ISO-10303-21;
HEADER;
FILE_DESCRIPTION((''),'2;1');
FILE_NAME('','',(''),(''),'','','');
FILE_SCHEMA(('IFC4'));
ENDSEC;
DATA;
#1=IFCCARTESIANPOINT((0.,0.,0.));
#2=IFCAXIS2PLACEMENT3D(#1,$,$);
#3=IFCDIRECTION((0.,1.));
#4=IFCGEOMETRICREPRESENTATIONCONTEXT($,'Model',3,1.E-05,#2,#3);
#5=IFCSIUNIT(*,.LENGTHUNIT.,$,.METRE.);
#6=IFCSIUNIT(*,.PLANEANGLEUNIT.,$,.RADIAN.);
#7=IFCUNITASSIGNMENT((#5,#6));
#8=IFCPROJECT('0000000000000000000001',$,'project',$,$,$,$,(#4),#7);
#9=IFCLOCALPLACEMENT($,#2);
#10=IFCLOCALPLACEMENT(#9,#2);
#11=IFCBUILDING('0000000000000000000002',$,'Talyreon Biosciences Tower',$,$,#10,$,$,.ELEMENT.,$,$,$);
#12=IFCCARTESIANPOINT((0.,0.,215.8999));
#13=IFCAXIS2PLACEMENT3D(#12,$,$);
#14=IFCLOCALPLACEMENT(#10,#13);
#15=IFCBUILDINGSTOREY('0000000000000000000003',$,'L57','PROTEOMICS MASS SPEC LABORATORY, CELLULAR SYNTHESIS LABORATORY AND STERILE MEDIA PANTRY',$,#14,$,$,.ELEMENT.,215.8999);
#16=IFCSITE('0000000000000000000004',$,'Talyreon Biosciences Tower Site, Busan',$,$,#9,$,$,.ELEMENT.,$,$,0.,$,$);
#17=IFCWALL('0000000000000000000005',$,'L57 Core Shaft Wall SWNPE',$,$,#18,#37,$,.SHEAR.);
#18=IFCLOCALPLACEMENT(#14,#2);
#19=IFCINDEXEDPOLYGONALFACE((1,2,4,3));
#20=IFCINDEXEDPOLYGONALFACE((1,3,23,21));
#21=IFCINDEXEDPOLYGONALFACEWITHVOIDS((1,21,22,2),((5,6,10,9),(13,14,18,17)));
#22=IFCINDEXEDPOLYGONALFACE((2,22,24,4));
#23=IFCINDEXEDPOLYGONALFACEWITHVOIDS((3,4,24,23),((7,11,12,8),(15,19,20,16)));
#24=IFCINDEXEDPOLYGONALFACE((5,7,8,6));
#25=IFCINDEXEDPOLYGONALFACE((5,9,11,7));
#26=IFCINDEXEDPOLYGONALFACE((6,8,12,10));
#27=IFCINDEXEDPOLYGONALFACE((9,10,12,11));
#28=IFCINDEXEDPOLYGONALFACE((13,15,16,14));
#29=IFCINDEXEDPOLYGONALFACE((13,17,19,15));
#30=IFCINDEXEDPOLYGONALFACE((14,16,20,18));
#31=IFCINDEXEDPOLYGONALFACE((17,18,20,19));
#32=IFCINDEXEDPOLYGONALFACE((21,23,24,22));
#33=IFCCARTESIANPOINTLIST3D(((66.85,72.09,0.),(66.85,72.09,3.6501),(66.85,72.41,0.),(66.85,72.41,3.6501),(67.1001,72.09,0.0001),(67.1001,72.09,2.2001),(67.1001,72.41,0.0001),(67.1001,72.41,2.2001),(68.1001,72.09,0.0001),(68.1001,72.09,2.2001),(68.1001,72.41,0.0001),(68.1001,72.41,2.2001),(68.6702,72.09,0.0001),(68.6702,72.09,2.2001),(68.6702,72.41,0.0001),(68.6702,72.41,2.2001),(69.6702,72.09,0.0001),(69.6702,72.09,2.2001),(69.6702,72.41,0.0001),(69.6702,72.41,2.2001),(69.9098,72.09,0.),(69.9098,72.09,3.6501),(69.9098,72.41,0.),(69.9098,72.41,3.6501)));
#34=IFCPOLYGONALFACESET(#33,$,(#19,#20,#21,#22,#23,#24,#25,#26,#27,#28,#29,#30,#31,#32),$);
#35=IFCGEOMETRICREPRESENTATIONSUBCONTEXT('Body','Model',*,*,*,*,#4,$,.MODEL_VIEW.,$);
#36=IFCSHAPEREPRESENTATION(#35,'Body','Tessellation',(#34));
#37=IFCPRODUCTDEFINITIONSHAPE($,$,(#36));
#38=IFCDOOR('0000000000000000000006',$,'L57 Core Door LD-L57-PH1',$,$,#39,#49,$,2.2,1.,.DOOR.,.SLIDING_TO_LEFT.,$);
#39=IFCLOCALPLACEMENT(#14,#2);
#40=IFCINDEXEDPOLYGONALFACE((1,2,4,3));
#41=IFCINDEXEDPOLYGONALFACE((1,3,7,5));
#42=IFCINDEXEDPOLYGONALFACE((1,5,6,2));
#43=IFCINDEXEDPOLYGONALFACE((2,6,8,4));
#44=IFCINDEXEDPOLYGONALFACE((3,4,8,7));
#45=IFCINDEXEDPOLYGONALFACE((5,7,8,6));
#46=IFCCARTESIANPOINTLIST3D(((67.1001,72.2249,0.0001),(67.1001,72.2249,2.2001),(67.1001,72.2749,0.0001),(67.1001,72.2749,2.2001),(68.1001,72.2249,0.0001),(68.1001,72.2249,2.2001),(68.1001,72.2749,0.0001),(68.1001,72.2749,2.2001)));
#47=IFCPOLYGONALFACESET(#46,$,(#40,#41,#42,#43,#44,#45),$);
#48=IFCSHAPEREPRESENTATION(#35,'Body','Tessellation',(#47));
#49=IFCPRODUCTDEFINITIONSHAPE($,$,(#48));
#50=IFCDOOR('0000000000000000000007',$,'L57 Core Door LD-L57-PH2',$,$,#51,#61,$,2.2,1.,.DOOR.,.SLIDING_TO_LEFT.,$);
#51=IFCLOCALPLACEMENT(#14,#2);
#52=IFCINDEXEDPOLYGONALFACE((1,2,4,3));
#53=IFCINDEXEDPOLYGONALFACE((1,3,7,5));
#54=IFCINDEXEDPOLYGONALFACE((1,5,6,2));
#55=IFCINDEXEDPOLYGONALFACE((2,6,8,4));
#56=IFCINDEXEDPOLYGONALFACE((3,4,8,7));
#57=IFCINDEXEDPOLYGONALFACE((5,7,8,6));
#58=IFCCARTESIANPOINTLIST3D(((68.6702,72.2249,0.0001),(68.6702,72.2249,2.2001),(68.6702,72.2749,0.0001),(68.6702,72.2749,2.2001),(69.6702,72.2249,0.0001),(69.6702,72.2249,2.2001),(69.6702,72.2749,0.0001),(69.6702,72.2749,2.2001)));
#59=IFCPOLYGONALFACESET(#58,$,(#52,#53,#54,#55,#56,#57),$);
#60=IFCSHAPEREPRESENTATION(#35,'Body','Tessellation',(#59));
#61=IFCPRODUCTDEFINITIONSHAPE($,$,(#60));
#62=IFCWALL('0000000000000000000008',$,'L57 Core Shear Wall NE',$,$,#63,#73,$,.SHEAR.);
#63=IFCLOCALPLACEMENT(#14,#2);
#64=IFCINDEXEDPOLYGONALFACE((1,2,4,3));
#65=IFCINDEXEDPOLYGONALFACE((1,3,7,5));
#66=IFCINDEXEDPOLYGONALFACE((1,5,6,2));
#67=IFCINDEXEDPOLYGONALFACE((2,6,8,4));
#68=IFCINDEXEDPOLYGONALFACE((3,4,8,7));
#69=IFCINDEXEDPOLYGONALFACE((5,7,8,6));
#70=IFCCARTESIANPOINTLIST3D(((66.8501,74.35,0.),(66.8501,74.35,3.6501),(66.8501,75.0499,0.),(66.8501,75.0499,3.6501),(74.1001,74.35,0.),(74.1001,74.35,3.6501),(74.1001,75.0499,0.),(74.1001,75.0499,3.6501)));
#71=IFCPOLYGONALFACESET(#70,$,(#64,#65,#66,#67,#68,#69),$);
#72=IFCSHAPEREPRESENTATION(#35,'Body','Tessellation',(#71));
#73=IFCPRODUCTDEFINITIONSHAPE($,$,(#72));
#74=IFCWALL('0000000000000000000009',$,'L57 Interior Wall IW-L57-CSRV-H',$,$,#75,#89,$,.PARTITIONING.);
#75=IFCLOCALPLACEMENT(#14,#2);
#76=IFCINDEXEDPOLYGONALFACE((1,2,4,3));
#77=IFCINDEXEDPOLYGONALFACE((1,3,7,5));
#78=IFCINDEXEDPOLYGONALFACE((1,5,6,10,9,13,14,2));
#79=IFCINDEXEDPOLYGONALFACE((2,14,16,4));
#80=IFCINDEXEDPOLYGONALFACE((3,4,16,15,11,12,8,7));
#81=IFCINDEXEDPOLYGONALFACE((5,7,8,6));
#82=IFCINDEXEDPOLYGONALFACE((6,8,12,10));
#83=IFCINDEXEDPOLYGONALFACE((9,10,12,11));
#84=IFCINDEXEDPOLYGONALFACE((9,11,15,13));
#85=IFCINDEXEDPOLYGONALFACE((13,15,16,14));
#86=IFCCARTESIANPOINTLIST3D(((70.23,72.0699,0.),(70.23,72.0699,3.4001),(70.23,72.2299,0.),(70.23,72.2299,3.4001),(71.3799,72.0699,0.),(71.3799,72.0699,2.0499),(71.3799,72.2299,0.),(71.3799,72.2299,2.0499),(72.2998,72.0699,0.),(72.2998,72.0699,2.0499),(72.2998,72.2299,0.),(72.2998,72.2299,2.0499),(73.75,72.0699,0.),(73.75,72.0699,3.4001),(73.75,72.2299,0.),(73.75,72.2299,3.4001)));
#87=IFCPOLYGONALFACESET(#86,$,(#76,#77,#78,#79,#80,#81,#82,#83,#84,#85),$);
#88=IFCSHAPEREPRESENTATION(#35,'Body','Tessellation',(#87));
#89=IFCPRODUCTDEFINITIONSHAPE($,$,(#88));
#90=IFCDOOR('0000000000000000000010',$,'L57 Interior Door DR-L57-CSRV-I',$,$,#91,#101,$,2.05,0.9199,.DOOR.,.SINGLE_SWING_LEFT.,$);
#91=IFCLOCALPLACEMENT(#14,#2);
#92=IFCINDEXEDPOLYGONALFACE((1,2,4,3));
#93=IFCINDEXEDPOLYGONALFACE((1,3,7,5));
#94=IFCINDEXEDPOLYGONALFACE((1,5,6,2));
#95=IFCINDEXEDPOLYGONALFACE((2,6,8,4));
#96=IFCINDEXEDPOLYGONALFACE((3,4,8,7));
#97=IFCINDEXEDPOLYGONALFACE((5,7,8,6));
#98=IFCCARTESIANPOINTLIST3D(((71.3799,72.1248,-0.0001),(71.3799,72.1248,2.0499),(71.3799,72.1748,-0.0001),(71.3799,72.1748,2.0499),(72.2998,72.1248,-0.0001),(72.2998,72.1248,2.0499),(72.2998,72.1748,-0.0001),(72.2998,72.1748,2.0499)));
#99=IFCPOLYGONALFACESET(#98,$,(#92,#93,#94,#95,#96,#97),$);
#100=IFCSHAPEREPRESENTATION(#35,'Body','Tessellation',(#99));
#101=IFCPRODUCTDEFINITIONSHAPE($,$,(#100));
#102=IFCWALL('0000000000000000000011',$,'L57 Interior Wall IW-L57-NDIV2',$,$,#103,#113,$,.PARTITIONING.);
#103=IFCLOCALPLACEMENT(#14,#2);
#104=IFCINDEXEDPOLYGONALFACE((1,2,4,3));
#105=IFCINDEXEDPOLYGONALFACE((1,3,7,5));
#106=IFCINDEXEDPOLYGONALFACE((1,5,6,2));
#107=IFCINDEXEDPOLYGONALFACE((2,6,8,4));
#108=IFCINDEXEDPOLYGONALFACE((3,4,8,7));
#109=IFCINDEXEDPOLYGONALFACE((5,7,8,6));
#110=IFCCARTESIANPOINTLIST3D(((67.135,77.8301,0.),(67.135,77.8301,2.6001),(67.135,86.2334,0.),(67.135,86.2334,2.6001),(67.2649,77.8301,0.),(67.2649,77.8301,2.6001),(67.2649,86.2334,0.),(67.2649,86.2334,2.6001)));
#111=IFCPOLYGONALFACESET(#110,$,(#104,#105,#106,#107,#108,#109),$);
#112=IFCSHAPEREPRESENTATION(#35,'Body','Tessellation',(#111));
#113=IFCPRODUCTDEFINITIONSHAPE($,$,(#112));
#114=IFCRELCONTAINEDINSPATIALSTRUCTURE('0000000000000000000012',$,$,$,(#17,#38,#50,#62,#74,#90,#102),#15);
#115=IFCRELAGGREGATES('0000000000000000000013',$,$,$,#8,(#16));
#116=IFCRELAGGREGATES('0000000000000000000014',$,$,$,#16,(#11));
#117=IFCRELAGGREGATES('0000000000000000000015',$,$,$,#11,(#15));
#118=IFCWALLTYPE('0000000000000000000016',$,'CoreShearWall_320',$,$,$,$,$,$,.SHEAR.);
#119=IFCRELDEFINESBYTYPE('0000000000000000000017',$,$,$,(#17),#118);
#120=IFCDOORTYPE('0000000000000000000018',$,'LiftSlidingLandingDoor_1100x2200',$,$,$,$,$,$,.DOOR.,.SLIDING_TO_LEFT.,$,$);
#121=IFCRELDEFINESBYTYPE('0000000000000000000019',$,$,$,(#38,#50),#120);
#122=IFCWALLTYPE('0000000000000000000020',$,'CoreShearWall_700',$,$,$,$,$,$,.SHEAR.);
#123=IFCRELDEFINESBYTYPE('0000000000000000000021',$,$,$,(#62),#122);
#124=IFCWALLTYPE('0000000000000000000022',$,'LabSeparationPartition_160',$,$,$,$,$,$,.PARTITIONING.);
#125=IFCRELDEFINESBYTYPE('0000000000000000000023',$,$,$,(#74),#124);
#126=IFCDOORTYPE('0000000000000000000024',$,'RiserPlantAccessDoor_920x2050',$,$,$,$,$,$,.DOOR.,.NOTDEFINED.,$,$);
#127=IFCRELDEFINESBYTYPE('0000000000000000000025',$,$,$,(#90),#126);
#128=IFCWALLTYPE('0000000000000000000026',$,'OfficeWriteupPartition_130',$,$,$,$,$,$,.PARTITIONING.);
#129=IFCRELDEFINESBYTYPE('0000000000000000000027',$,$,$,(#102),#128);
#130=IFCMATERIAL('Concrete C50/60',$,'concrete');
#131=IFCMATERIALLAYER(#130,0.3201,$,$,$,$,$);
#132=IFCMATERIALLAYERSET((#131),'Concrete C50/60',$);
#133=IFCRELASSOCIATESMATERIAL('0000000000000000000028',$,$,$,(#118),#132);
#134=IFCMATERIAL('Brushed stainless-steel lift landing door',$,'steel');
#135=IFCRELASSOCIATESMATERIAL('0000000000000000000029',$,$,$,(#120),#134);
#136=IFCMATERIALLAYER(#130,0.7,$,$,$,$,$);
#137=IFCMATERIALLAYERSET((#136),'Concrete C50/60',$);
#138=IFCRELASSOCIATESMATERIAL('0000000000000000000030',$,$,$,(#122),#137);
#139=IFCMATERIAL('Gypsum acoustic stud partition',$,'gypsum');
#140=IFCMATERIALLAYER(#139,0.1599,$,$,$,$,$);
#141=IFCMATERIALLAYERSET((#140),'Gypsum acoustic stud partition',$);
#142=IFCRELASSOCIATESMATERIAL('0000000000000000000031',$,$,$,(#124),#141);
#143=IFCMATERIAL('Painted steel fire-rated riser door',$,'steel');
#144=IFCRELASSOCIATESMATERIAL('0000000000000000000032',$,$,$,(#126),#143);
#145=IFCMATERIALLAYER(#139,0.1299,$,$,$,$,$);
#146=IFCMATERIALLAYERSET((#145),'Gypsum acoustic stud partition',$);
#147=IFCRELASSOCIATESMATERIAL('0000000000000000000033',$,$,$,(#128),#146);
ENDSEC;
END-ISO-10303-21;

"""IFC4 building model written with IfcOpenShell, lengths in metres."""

from ifc_helpers import new_model, si_unit, direction, frame, frame_2d, origin, place, context, subcontext, project, spatial, rectangle, extrude, material, layer, layer_set, type_object, element, fill, save


model = new_model("IFC4")

# Units and contexts
model_context = context("Model", 3, precision=1e-05, world=origin(), true_north=direction((0.0, 1.0)))
body_context = subcontext(model_context, "Body", "Model", "MODEL_VIEW")
ifc_project = project(units=[si_unit("LENGTHUNIT", "METRE"), si_unit("PLANEANGLEUNIT", "RADIAN")], contexts=[model_context])

# Site, building, storey
site_placement = place(None, origin())
site = spatial("IfcSite", under=ifc_project, at=site_placement, Name="Talyreon Biosciences Tower Site, Busan", CompositionType="ELEMENT", RefElevation=0.0)
building_placement = place(site_placement, origin())
building = spatial("IfcBuilding", under=site, at=building_placement, Name="Talyreon Biosciences Tower", CompositionType="ELEMENT")
storey_placement = place(building_placement, frame((0.0, 0.0, 215.8999)))
storey = spatial("IfcBuildingStorey", under=building, at=storey_placement, Name="L57", Description="PROTEOMICS MASS SPEC LABORATORY, CELLULAR SYNTHESIS LABORATORY AND STERILE MEDIA PANTRY", CompositionType="ELEMENT", Elevation=215.8999)

# Shared definitions
ifc_material_1 = material(Name="Concrete C50/60", Category="concrete")

# Shared definitions
ifc_layer_1 = layer(ifc_material_1, 0.3201)
ifc_layer_set_1 = layer_set([ifc_layer_1], Name="Concrete C50/60")
wall_type_1 = type_object("IfcWallType", Name="CoreShearWall_320", PredefinedType="SHEAR", material=ifc_layer_set_1)

# Wall, openings, doors
wall_1_placement = place(storey_placement, frame((66.8501, 72.25, 0.0), z_axis=(0.0, 0.0, 1.0), x_axis=(1.0, 0.0, 0.0)))
wall_1 = element("IfcWall", 1, at=wall_1_placement, inside=storey, type_object=wall_type_1, Name="L57 Core Shaft Wall SWNPE", PredefinedType="SHEAR", context=body_context, shape_type="SweptSolid", body=[
    extrude(rectangle(XDim=3.0598, YDim=0.3201, at=frame_2d((1.5298, 0.0))), origin(), (0.0, 0.0, 1.0), 3.6501),
])
opening_1_placement = place(wall_1_placement, frame((0.25, 0.0, 0.0)))
opening_1 = element("IfcOpeningElement", 2, at=opening_1_placement, cuts=wall_1, PredefinedType="OPENING", context=body_context, shape_type="SweptSolid", body=[
    extrude(rectangle(XDim=1.0, YDim=2.2, at=frame_2d((0.5, 1.1001))), frame((0.0, 0.1699, 0.0), z_axis=(0.0, -1.0, 0.0), x_axis=(1.0, 0.0, 0.0)), (0.0, 0.0, 1.0), 0.3401),
])
opening_2_placement = place(wall_1_placement, frame((1.8201, 0.0, 0.0)))
opening_2 = element("IfcOpeningElement", 3, at=opening_2_placement, cuts=wall_1, PredefinedType="OPENING", context=body_context, shape_type="SweptSolid", body=[
    extrude(rectangle(XDim=1.0, YDim=2.2, at=frame_2d((0.5, 1.1001))), frame((0.0, 0.1699, 0.0), z_axis=(0.0, -1.0, 0.0), x_axis=(1.0, 0.0, 0.0)), (0.0, 0.0, 1.0), 0.3401),
])
ifc_material_2 = material(Name="Brushed stainless-steel lift landing door", Category="steel")
door_type_1 = type_object("IfcDoorType", Name="LiftSlidingLandingDoor_1100x2200", OperationType="SLIDING_TO_LEFT", PredefinedType="DOOR", material=ifc_material_2)
door_1_placement = place(opening_1_placement, origin())
door_1 = element("IfcDoor", 4, at=door_1_placement, inside=storey, type_object=door_type_1, Name="L57 Core Door LD-L57-PH1", OperationType="SLIDING_TO_LEFT", OverallHeight=2.2, OverallWidth=1.0, PredefinedType="DOOR", context=body_context, shape_type="SweptSolid", body=[
    extrude(rectangle(XDim=1.0, YDim=2.2, at=frame_2d((0.5, 1.1001))), frame((0.0, 0.0249, 0.0), z_axis=(0.0, -1.0, 0.0), x_axis=(1.0, 0.0, 0.0)), (0.0, 0.0, 1.0), 0.05),
])
fill(opening_1, door_1)
door_2_placement = place(opening_2_placement, origin())
door_2 = element("IfcDoor", 5, at=door_2_placement, inside=storey, type_object=door_type_1, Name="L57 Core Door LD-L57-PH2", OperationType="SLIDING_TO_LEFT", OverallHeight=2.2, OverallWidth=1.0, PredefinedType="DOOR", context=body_context, shape_type="SweptSolid", body=[
    extrude(rectangle(XDim=1.0, YDim=2.2, at=frame_2d((0.5, 1.1001))), frame((0.0, 0.0249, 0.0), z_axis=(0.0, -1.0, 0.0), x_axis=(1.0, 0.0, 0.0)), (0.0, 0.0, 1.0), 0.05),
])
fill(opening_2, door_2)

# Wall
ifc_layer_2 = layer(ifc_material_1, 0.7)
ifc_layer_set_2 = layer_set([ifc_layer_2], Name="Concrete C50/60")
wall_type_2 = type_object("IfcWallType", Name="CoreShearWall_700", PredefinedType="SHEAR", material=ifc_layer_set_2)
wall_2_placement = place(storey_placement, frame((74.1001, 74.7, 0.0), z_axis=(0.0, 0.0, 1.0), x_axis=(-1.0, 0.0, 0.0)))
element("IfcWall", 6, at=wall_2_placement, inside=storey, type_object=wall_type_2, Name="L57 Core Shear Wall NE", PredefinedType="SHEAR", context=body_context, shape_type="SweptSolid", body=[
    extrude(rectangle(XDim=7.25, YDim=0.7, at=frame_2d((3.625, 0.0))), origin(), (0.0, 0.0, 1.0), 3.6501),
])

# Wall, opening, door
ifc_material_3 = material(Name="Gypsum acoustic stud partition", Category="gypsum")
ifc_layer_3 = layer(ifc_material_3, 0.1599)
ifc_layer_set_3 = layer_set([ifc_layer_3], Name="Gypsum acoustic stud partition")
wall_type_3 = type_object("IfcWallType", Name="LabSeparationPartition_160", PredefinedType="PARTITIONING", material=ifc_layer_set_3)
wall_3_placement = place(storey_placement, frame((70.23, 72.1499, 0.0), z_axis=(0.0, 0.0, 1.0), x_axis=(1.0, 0.0, 0.0)))
wall_3 = element("IfcWall", 7, at=wall_3_placement, inside=storey, type_object=wall_type_3, Name="L57 Interior Wall IW-L57-CSRV-H", PredefinedType="PARTITIONING", context=body_context, shape_type="SweptSolid", body=[
    extrude(rectangle(XDim=3.52, YDim=0.1599, at=frame_2d((1.76, 0.0))), origin(), (0.0, 0.0, 1.0), 3.4001),
])
opening_3_placement = place(wall_3_placement, frame((1.1499, 0.0, 0.0)))
opening_3 = element("IfcOpeningElement", 8, at=opening_3_placement, cuts=wall_3, PredefinedType="OPENING", context=body_context, shape_type="SweptSolid", body=[
    extrude(rectangle(XDim=0.9199, YDim=2.05, at=frame_2d((0.46, 1.0249))), frame((0.0, 0.0898, 0.0), z_axis=(0.0, -1.0, 0.0), x_axis=(1.0, 0.0, 0.0)), (0.0, 0.0, 1.0), 0.1799),
])
ifc_material_4 = material(Name="Painted steel fire-rated riser door", Category="steel")
door_type_2 = type_object("IfcDoorType", Name="RiserPlantAccessDoor_920x2050", OperationType="NOTDEFINED", PredefinedType="DOOR", material=ifc_material_4)
door_3_placement = place(opening_3_placement, origin())
door_3 = element("IfcDoor", 9, at=door_3_placement, inside=storey, type_object=door_type_2, Name="L57 Interior Door DR-L57-CSRV-I", OperationType="SINGLE_SWING_LEFT", OverallHeight=2.05, OverallWidth=0.9199, PredefinedType="DOOR", context=body_context, shape_type="SweptSolid", body=[
    extrude(rectangle(XDim=0.9199, YDim=2.05, at=frame_2d((0.46, 1.0249))), frame((0.0, 0.0249, 0.0), z_axis=(0.0, -1.0, 0.0), x_axis=(1.0, 0.0, 0.0)), (0.0, 0.0, 1.0), 0.05),
])
fill(opening_3, door_3)

# Wall
ifc_layer_4 = layer(ifc_material_3, 0.1299)
ifc_layer_set_4 = layer_set([ifc_layer_4], Name="Gypsum acoustic stud partition")
wall_type_4 = type_object("IfcWallType", Name="OfficeWriteupPartition_130", PredefinedType="PARTITIONING", material=ifc_layer_set_4)
wall_4_placement = place(storey_placement, frame((67.2, 77.8301, 0.0), z_axis=(0.0, 0.0, 1.0), x_axis=(0.0, 1.0, 0.0)))
element("IfcWall", 10, at=wall_4_placement, inside=storey, type_object=wall_type_4, Name="L57 Interior Wall IW-L57-NDIV2", PredefinedType="PARTITIONING", context=body_context, shape_type="SweptSolid", body=[
    extrude(rectangle(XDim=8.4033, YDim=0.1299, at=frame_2d((4.2017, 0.0))), origin(), (0.0, 0.0, 1.0), 2.6001),
])

save(model, "model.ifc")
